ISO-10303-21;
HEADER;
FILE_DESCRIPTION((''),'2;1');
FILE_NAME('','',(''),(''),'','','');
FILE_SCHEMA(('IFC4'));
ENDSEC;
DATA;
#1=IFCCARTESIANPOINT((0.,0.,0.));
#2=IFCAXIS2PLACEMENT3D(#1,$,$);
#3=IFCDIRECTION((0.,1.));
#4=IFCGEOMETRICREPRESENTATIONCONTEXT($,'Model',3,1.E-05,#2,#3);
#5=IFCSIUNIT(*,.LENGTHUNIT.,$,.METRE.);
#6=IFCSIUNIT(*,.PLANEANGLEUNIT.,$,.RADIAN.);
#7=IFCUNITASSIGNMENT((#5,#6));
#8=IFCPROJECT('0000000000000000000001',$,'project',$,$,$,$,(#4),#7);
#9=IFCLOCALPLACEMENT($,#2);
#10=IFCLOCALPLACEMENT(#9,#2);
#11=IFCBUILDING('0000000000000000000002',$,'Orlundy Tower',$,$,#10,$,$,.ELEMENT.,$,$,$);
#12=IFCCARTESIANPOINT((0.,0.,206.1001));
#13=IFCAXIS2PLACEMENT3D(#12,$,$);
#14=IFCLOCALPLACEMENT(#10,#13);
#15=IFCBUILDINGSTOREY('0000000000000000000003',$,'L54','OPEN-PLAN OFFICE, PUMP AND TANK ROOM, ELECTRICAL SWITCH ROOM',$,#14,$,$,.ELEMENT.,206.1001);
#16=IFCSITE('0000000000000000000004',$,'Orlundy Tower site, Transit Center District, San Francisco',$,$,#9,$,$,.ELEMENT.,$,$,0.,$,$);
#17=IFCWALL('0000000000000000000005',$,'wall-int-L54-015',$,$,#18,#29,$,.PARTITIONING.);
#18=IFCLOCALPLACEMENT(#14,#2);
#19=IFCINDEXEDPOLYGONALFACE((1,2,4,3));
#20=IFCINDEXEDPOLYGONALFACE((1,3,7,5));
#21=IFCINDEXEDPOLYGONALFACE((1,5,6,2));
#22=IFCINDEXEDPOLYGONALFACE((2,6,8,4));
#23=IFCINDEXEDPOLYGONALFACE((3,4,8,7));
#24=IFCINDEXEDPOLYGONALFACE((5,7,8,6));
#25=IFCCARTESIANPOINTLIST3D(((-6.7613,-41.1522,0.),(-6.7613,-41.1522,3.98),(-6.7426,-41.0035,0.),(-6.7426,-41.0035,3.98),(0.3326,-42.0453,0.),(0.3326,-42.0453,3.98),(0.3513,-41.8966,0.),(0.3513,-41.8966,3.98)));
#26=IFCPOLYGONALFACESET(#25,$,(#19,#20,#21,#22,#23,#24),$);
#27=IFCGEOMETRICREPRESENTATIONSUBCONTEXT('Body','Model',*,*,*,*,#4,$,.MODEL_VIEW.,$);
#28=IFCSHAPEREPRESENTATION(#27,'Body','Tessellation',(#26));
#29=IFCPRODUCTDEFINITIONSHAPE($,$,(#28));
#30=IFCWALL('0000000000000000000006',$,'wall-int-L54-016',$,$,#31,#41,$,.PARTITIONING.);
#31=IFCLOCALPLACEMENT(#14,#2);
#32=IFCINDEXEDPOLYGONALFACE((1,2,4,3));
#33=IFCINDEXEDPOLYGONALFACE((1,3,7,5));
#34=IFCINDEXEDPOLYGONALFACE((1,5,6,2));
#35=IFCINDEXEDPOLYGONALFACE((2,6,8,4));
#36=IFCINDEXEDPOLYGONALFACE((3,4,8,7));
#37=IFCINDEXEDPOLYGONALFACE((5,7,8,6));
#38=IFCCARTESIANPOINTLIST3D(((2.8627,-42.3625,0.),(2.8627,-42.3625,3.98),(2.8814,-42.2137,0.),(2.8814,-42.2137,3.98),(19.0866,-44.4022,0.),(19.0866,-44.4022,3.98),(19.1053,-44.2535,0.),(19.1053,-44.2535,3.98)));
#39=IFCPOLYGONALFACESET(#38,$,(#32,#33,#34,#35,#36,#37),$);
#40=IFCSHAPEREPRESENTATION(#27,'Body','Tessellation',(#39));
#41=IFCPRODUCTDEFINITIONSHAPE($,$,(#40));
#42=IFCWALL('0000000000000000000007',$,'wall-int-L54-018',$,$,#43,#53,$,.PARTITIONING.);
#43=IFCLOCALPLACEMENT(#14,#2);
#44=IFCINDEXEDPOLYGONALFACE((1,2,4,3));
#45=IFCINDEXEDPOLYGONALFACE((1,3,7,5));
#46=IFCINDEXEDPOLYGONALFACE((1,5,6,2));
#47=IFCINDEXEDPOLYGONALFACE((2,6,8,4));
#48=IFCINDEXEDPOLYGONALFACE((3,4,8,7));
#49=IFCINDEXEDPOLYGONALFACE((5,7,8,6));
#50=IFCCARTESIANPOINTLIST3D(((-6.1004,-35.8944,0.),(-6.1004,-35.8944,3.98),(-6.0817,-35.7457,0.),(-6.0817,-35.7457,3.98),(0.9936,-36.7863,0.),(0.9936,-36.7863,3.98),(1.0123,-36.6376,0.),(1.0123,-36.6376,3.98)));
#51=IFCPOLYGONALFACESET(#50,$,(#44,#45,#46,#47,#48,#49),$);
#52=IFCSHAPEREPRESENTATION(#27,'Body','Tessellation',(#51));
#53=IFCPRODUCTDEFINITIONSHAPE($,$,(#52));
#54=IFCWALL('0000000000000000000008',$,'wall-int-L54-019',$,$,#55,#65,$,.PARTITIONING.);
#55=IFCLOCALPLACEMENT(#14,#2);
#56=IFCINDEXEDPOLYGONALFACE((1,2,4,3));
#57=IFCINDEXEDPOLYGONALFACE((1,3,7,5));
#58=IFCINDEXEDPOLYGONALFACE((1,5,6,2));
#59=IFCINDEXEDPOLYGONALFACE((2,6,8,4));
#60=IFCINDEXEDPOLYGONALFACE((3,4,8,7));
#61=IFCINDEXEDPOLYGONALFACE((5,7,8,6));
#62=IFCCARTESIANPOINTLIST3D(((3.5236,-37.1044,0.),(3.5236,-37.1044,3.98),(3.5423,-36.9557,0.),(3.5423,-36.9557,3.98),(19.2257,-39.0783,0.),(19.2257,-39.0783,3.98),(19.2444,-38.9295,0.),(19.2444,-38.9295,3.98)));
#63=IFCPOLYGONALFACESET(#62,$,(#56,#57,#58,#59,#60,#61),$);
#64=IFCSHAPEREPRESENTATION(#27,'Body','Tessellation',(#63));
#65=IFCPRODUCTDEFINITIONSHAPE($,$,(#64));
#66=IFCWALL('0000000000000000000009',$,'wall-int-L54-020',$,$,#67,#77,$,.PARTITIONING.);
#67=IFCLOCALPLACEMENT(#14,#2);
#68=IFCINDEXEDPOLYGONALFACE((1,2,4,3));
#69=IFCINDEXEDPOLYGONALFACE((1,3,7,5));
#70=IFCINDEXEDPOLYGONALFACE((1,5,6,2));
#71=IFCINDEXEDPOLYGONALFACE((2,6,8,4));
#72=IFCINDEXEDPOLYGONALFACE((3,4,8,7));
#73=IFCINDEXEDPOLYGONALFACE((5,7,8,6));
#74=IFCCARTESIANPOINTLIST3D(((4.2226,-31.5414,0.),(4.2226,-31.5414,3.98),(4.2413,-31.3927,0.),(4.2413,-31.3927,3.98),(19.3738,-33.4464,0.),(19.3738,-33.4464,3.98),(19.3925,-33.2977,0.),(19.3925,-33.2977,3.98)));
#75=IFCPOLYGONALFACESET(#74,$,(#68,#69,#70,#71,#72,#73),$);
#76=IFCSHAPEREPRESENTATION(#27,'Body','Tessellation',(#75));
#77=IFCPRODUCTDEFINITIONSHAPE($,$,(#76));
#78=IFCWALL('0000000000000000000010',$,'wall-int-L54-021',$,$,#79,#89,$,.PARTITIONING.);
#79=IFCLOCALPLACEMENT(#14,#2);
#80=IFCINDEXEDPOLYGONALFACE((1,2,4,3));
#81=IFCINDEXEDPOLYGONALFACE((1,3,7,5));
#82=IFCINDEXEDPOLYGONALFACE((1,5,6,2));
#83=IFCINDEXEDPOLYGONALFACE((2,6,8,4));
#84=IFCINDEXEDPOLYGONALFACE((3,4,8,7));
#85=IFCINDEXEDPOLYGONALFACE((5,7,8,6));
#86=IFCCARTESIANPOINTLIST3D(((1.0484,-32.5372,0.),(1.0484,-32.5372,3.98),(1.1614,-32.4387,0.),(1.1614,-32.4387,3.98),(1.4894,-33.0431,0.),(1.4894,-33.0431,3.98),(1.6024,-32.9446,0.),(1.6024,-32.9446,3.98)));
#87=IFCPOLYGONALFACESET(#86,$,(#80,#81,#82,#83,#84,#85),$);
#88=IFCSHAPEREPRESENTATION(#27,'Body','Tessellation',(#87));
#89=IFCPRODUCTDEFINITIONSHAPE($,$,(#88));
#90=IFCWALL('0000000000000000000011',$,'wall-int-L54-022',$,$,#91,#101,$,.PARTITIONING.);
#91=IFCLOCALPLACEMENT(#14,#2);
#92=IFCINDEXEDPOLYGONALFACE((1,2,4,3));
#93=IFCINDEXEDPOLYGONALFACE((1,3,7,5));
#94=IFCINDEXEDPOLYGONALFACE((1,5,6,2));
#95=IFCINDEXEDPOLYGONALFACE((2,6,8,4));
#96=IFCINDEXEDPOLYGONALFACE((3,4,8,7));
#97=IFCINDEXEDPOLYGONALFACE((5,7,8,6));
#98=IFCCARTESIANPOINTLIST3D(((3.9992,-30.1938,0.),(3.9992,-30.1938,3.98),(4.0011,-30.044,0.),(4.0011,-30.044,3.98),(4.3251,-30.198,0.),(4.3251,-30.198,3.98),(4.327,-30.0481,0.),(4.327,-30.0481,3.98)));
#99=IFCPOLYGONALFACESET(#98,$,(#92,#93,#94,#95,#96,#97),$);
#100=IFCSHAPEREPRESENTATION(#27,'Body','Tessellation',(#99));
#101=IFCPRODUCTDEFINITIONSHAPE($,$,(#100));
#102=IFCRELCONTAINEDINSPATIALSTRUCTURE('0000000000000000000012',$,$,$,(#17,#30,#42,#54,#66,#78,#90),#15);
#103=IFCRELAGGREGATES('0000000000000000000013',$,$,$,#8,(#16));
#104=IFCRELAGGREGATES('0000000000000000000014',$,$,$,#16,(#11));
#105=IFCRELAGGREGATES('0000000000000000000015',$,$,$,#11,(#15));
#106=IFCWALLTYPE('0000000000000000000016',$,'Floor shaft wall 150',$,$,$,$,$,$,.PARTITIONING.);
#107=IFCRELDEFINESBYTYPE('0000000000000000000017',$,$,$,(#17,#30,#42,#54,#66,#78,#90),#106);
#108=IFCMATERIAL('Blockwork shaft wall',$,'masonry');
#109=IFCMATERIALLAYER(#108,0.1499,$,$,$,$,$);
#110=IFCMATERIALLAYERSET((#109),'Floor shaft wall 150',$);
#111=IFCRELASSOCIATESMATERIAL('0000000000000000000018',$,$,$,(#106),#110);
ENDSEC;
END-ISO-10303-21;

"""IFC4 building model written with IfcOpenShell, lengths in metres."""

from ifc_helpers import new_model, si_unit, direction, frame, frame_2d, origin, place, context, subcontext, project, spatial, rectangle, extrude, material, layer, layer_set, type_object, element, save


model = new_model("IFC4")

# Units and contexts
model_context = context("Model", 3, precision=1e-05, world=origin(), true_north=direction((0.0, 1.0)))
body_context = subcontext(model_context, "Body", "Model", "MODEL_VIEW")
ifc_project = project(units=[si_unit("LENGTHUNIT", "METRE"), si_unit("PLANEANGLEUNIT", "RADIAN")], contexts=[model_context])

# Site, building, storey
site_placement = place(None, origin())
site = spatial("IfcSite", under=ifc_project, at=site_placement, Name="Orlundy Tower site, Transit Center District, San Francisco", CompositionType="ELEMENT", RefElevation=0.0)
building_placement = place(site_placement, origin())
building = spatial("IfcBuilding", under=site, at=building_placement, Name="Orlundy Tower", CompositionType="ELEMENT")
storey_placement = place(building_placement, frame((0.0, 0.0, 206.1001)))
storey = spatial("IfcBuildingStorey", under=building, at=storey_placement, Name="L54", Description="OPEN-PLAN OFFICE, PUMP AND TANK ROOM, ELECTRICAL SWITCH ROOM", CompositionType="ELEMENT", Elevation=206.1001)

# Walls
ifc_material_1 = material(Name="Blockwork shaft wall", Category="masonry")
ifc_layer = layer(ifc_material_1, 0.1499)
ifc_layer_set = layer_set([ifc_layer], Name="Floor shaft wall 150")
wall_type = type_object("IfcWallType", Name="Floor shaft wall 150", PredefinedType="PARTITIONING", material=ifc_layer_set)
wall_1_placement = place(storey_placement, frame((-6.752, -41.0779, 0.0), z_axis=(0.0, 0.0, 1.0), x_axis=(0.992169, -0.124905, 0.0)))
element("IfcWall", 1, at=wall_1_placement, inside=storey, type_object=wall_type, Name="wall-int-L54-015", PredefinedType="PARTITIONING", context=body_context, shape_type="SweptSolid", body=[
    extrude(rectangle(XDim=7.1499, YDim=0.1499, at=frame_2d((3.575, 0.0))), origin(), (0.0, 0.0, 1.0), 3.98),
])
wall_2_placement = place(storey_placement, frame((2.8721, -42.2881, 0.0), z_axis=(0.0, 0.0, 1.0), x_axis=(0.992189, -0.124746, 0.0)))
element("IfcWall", 2, at=wall_2_placement, inside=storey, type_object=wall_type, Name="wall-int-L54-016", PredefinedType="PARTITIONING", context=body_context, shape_type="SweptSolid", body=[
    extrude(rectangle(XDim=16.3516, YDim=0.1499, at=frame_2d((8.1758, 0.0))), origin(), (0.0, 0.0, 1.0), 3.98),
])
wall_3_placement = place(storey_placement, frame((-6.0911, -35.8201, 0.0), z_axis=(0.0, 0.0, 1.0), x_axis=(0.99219, -0.124737, 0.0)))
element("IfcWall", 3, at=wall_3_placement, inside=storey, type_object=wall_type, Name="wall-int-L54-018", PredefinedType="PARTITIONING", context=body_context, shape_type="SweptSolid", body=[
    extrude(rectangle(XDim=7.1499, YDim=0.1499, at=frame_2d((3.575, 0.0))), origin(), (0.0, 0.0, 1.0), 3.98),
])
wall_4_placement = place(storey_placement, frame((3.533, -37.03, 0.0), z_axis=(0.0, 0.0, 1.0), x_axis=(0.992191, -0.124726, 0.0)))
element("IfcWall", 4, at=wall_4_placement, inside=storey, type_object=wall_type, Name="wall-int-L54-019", PredefinedType="PARTITIONING", context=body_context, shape_type="SweptSolid", body=[
    extrude(rectangle(XDim=15.8257, YDim=0.1499, at=frame_2d((7.9128, 0.0))), origin(), (0.0, 0.0, 1.0), 3.98),
])
wall_5_placement = place(storey_placement, frame((4.2319, -31.467, 0.0), z_axis=(0.0, 0.0, 1.0), x_axis=(0.992188, -0.124753, 0.0)))
element("IfcWall", 5, at=wall_5_placement, inside=storey, type_object=wall_type, Name="wall-int-L54-020", PredefinedType="PARTITIONING", context=body_context, shape_type="SweptSolid", body=[
    extrude(rectangle(XDim=15.2705, YDim=0.1499, at=frame_2d((7.6353, 0.0))), origin(), (0.0, 0.0, 1.0), 3.98),
])
wall_6_placement = place(storey_placement, frame((1.105, -32.488, 0.0), z_axis=(0.0, 0.0, 1.0), x_axis=(0.657061, -0.753837, 0.0)))
element("IfcWall", 6, at=wall_6_placement, inside=storey, type_object=wall_type, Name="wall-int-L54-021", PredefinedType="PARTITIONING", context=body_context, shape_type="SweptSolid", body=[
    extrude(rectangle(XDim=0.6711, YDim=0.1499, at=frame_2d((0.3354, 0.0))), origin(), (0.0, 0.0, 1.0), 3.98),
])
wall_7_placement = place(storey_placement, frame((4.0, -30.1189, 0.0), z_axis=(0.0, 0.0, 1.0), x_axis=(0.999919, -0.012733, 0.0)))
element("IfcWall", 7, at=wall_7_placement, inside=storey, type_object=wall_type, Name="wall-int-L54-022", PredefinedType="PARTITIONING", context=body_context, shape_type="SweptSolid", body=[
    extrude(rectangle(XDim=0.3259, YDim=0.1499, at=frame_2d((0.1631, 0.0))), origin(), (0.0, 0.0, 1.0), 3.98),
])

save(model, "model.ifc")
